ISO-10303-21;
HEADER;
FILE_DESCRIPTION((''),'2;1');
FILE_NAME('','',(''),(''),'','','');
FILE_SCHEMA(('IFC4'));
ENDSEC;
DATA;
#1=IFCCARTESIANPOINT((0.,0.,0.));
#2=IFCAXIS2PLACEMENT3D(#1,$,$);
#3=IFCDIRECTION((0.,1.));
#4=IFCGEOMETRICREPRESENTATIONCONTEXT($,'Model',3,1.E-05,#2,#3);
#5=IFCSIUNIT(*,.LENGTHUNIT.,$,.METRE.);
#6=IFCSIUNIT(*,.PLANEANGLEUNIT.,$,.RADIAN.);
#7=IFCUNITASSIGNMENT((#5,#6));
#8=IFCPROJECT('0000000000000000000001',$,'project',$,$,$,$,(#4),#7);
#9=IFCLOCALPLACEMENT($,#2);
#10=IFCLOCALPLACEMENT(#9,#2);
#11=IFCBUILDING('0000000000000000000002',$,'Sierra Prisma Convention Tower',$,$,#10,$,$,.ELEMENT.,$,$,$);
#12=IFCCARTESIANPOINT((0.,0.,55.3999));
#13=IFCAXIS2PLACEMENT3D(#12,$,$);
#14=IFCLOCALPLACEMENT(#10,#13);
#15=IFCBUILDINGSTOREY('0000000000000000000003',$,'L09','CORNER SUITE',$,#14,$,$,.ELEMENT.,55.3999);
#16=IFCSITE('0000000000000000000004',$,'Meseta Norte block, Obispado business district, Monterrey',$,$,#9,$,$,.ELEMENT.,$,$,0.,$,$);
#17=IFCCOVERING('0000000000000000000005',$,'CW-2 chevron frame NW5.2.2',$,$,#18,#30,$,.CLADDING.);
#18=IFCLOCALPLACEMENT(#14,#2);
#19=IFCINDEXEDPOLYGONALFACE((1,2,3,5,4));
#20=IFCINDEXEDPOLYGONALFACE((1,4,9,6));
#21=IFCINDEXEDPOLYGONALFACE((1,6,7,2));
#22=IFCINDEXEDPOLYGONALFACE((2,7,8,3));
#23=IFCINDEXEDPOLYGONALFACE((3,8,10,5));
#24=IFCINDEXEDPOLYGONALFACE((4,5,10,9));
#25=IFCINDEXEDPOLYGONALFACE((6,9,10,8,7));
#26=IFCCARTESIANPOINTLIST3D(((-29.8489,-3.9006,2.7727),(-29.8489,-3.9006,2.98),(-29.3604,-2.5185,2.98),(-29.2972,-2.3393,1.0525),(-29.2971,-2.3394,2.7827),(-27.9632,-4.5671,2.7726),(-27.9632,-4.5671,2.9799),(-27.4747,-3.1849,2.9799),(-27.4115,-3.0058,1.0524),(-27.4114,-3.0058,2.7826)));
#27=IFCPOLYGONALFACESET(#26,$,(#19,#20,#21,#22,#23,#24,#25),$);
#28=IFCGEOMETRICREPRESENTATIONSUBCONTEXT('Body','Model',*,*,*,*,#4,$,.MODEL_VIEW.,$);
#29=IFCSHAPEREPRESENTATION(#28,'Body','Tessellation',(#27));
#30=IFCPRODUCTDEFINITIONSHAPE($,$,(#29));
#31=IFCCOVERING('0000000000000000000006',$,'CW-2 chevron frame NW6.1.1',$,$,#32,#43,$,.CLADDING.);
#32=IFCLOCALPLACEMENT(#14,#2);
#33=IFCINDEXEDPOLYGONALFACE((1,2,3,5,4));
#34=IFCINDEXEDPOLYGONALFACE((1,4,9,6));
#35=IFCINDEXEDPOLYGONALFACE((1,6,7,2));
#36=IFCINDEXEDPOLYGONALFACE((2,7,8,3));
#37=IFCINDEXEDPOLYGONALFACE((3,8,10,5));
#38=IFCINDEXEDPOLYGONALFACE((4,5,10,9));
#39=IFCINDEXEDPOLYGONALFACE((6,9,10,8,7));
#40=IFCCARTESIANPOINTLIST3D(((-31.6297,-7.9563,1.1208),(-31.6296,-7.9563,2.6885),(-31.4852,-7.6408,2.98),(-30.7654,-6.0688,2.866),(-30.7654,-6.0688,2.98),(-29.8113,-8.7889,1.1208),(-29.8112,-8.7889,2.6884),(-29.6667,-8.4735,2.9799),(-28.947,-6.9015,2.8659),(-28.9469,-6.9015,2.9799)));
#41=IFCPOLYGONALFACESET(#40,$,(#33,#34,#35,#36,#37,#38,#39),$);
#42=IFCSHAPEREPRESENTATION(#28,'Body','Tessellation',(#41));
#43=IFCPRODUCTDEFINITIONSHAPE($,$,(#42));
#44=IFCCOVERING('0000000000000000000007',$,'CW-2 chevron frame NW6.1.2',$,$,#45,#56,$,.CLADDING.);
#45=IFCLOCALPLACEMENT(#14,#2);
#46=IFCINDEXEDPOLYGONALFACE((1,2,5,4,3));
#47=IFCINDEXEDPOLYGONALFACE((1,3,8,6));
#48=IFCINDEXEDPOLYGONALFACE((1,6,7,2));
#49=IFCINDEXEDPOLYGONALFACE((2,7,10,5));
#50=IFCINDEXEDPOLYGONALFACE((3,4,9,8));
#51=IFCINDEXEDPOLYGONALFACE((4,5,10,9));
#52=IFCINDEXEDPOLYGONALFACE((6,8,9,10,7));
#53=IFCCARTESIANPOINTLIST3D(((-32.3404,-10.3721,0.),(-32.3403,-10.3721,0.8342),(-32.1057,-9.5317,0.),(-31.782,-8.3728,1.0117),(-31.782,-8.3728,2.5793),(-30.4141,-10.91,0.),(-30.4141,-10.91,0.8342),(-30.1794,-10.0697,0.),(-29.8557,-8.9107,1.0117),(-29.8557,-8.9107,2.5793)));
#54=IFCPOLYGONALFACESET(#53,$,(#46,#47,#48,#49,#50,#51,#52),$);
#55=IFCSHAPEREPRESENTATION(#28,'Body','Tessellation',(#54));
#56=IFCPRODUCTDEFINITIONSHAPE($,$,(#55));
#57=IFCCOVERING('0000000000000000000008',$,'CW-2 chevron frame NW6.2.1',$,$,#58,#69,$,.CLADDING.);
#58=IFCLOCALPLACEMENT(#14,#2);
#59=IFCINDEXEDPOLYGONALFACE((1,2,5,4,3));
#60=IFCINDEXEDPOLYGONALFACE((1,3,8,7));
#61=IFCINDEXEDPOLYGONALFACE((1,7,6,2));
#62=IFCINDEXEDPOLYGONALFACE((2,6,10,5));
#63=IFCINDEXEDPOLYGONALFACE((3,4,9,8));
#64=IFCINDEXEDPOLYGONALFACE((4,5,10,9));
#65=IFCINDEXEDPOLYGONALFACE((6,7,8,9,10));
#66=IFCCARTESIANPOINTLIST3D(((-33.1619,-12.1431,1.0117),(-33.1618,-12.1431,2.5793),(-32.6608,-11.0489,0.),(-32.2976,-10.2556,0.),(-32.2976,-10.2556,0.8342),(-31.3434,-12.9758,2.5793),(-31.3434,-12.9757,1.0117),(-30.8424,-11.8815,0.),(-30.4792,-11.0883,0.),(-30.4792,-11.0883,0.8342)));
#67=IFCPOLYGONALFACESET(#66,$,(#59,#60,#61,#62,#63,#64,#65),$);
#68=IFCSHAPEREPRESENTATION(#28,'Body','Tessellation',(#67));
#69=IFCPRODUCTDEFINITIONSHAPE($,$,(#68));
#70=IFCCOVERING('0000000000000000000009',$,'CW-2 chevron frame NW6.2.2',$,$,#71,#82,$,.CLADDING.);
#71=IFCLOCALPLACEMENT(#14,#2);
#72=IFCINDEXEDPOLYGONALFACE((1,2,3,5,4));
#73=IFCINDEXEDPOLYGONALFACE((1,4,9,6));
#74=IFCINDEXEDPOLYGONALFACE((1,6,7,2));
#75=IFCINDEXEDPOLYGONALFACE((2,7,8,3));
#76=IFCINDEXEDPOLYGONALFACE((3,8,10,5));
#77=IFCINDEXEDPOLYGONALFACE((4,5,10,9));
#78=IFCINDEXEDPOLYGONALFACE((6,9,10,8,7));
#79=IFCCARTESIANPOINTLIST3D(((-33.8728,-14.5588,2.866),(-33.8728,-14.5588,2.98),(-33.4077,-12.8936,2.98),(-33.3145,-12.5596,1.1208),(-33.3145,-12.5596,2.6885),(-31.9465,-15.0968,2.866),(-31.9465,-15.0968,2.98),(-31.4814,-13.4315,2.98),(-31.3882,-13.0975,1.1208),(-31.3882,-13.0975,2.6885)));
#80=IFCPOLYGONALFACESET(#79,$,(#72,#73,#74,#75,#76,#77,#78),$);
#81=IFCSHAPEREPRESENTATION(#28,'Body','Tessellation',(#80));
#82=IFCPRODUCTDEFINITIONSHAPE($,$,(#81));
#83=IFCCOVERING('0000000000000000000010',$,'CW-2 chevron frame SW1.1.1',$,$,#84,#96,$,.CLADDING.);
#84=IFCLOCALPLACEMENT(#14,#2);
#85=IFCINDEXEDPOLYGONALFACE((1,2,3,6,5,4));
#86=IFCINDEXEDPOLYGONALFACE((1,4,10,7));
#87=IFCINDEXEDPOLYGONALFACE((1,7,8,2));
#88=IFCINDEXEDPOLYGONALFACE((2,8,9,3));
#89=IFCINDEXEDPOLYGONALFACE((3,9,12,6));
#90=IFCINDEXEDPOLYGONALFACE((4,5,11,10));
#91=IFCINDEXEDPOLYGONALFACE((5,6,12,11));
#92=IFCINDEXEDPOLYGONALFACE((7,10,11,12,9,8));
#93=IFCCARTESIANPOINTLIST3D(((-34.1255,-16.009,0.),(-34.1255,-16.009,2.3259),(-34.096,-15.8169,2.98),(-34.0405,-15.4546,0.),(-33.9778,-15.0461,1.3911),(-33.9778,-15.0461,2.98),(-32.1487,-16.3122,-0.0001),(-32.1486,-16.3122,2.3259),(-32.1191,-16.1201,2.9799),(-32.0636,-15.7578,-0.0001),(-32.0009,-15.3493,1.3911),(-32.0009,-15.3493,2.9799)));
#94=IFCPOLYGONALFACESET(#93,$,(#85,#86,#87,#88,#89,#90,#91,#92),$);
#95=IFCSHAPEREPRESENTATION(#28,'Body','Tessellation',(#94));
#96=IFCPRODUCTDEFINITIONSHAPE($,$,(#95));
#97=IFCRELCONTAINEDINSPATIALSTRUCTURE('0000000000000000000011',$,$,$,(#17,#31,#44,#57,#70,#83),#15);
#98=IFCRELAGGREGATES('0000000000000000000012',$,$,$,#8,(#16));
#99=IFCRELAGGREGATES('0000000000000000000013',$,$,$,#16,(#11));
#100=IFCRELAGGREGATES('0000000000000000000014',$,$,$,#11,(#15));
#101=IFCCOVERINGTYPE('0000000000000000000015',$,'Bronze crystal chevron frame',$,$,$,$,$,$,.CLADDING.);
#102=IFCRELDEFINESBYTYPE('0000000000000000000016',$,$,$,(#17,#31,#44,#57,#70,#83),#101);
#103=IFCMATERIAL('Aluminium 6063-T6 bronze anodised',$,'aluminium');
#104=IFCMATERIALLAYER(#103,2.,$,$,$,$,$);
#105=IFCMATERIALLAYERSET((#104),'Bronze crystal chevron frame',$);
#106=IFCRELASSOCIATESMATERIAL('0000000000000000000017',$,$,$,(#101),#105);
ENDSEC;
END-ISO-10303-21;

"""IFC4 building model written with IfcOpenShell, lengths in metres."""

from ifc_helpers import new_model, si_unit, direction, frame, origin, place, context, subcontext, project, spatial, polyline, outline, extrude, material, layer, layer_set, type_object, element, save


model = new_model("IFC4")

# Units and contexts
model_context = context("Model", 3, precision=1e-05, world=origin(), true_north=direction((0.0, 1.0)))
body_context = subcontext(model_context, "Body", "Model", "MODEL_VIEW")
ifc_project = project(units=[si_unit("LENGTHUNIT", "METRE"), si_unit("PLANEANGLEUNIT", "RADIAN")], contexts=[model_context])

# Site, building, storey
site_placement = place(None, origin())
site = spatial("IfcSite", under=ifc_project, at=site_placement, Name="Meseta Norte block, Obispado business district, Monterrey", CompositionType="ELEMENT", RefElevation=0.0)
building_placement = place(site_placement, origin())
building = spatial("IfcBuilding", under=site, at=building_placement, Name="Sierra Prisma Convention Tower", CompositionType="ELEMENT")
storey_placement = place(building_placement, frame((0.0, 0.0, 55.3999)))
storey = spatial("IfcBuildingStorey", under=building, at=storey_placement, Name="L09", Description="CORNER SUITE", CompositionType="ELEMENT", Elevation=55.3999)

# Coverings
ifc_material_1 = material(Name="Aluminium 6063-T6 bronze anodised", Category="aluminium")
ifc_layer_1 = layer(ifc_material_1, 2.0)
ifc_layer_set_1 = layer_set([ifc_layer_1], Name="Bronze crystal chevron frame")
covering_type = type_object("IfcCoveringType", Name="Bronze crystal chevron frame", PredefinedType="CLADDING", material=ifc_layer_set_1)
covering_1_placement = place(storey_placement, frame((-29.8489, -3.9006, 2.98), z_axis=(-0.942852, 0.333211, 0.000043), x_axis=(0.333211, 0.942852, 0.0)))
element("IfcCovering", 1, at=covering_1_placement, inside=storey, type_object=covering_type, Name="CW-2 chevron frame NW5.2.2", PredefinedType="CLADDING", context=body_context, shape_type="SweptSolid", body=[
    extrude(outline(polyline([(0.0, 0.0), (1.4659, 0.0), (1.6559, 0.1973), (1.6559, 1.9275), (0.0, 0.2073), (0.0, 0.0)])), origin(), (0.0, 0.0, -1.0), 2.0),
])
covering_2_placement = place(storey_placement, frame((-30.7654, -6.0688, 2.98), z_axis=(-0.909218, 0.416321, 0.000046), x_axis=(-0.000042, 0.000019, -1.0)))
element("IfcCovering", 2, at=covering_2_placement, inside=storey, type_object=covering_type, Name="CW-2 chevron frame NW6.1.1", PredefinedType="CLADDING", context=body_context, shape_type="SweptSolid", body=[
    extrude(outline(polyline([(0.0, 0.0), (0.114, 0.0), (1.8591, 2.0759), (0.2915, 2.0759), (0.0, 1.7289), (0.0, 0.0)])), origin(), (0.0, 0.0, -1.0), 2.0),
])
covering_3_placement = place(storey_placement, frame((-31.782, -8.3728, 2.5793), z_axis=(-0.963148, 0.268974, 0.000023), x_axis=(-0.000022, 0.000006, -1.0)))
element("IfcCovering", 3, at=covering_3_placement, inside=storey, type_object=covering_type, Name="CW-2 chevron frame NW6.1.2", PredefinedType="CLADDING", context=body_context, shape_type="SweptSolid", body=[
    extrude(outline(polyline([(0.0, 0.0), (1.5676, 0.0), (2.5793, 1.2033), (2.5793, 2.0758), (1.7451, 2.0758), (0.0, 0.0)])), origin(), (0.0, 0.0, -1.0), 2.0),
])
covering_4_placement = place(storey_placement, frame((-32.2976, -10.2556, 0.0), z_axis=(-0.90921, 0.416337, 0.000023), x_axis=(-0.416337, -0.90921, 0.0)))
element("IfcCovering", 4, at=covering_4_placement, inside=storey, type_object=covering_type, Name="CW-2 chevron frame NW6.2.1", PredefinedType="CLADDING", context=body_context, shape_type="SweptSolid", body=[
    extrude(outline(polyline([(0.0, 0.0), (0.8724, 0.0), (2.0759, 1.0117), (2.0759, 2.5793), (0.0, 0.8342), (0.0, 0.0)])), origin(), (0.0, 0.0, -1.0), 2.0),
])
covering_5_placement = place(storey_placement, frame((-33.8728, -14.5588, 2.98), z_axis=(-0.963144, 0.268985, 0.000006), x_axis=(0.268985, 0.963144, 0.0)))
element("IfcCovering", 5, at=covering_5_placement, inside=storey, type_object=covering_type, Name="CW-2 chevron frame NW6.2.2", PredefinedType="CLADDING", context=body_context, shape_type="SweptSolid", body=[
    extrude(outline(polyline([(0.0, 0.0), (1.729, 0.0), (2.0758, 0.2915), (2.0758, 1.8591), (0.0, 0.114), (0.0, 0.0)])), origin(), (0.0, 0.0, -1.0), 2.0),
])
covering_6_placement = place(storey_placement, frame((-33.9778, -15.0461, 2.98), z_axis=(-0.988443, 0.151592, 0.00003), x_axis=(-0.000029, 0.000004, -1.0)))
element("IfcCovering", 6, at=covering_6_placement, inside=storey, type_object=covering_type, Name="CW-2 chevron frame SW1.1.1", PredefinedType="CLADDING", context=body_context, shape_type="SweptSolid", body=[
    extrude(outline(polyline([(0.0, 0.0), (1.5889, 0.0), (2.98, 0.4132), (2.98, 0.9742), (0.6541, 0.9742), (0.0, 0.7798), (0.0, 0.0)])), origin(), (0.0, 0.0, -1.0), 2.0),
])

save(model, "model.ifc")
